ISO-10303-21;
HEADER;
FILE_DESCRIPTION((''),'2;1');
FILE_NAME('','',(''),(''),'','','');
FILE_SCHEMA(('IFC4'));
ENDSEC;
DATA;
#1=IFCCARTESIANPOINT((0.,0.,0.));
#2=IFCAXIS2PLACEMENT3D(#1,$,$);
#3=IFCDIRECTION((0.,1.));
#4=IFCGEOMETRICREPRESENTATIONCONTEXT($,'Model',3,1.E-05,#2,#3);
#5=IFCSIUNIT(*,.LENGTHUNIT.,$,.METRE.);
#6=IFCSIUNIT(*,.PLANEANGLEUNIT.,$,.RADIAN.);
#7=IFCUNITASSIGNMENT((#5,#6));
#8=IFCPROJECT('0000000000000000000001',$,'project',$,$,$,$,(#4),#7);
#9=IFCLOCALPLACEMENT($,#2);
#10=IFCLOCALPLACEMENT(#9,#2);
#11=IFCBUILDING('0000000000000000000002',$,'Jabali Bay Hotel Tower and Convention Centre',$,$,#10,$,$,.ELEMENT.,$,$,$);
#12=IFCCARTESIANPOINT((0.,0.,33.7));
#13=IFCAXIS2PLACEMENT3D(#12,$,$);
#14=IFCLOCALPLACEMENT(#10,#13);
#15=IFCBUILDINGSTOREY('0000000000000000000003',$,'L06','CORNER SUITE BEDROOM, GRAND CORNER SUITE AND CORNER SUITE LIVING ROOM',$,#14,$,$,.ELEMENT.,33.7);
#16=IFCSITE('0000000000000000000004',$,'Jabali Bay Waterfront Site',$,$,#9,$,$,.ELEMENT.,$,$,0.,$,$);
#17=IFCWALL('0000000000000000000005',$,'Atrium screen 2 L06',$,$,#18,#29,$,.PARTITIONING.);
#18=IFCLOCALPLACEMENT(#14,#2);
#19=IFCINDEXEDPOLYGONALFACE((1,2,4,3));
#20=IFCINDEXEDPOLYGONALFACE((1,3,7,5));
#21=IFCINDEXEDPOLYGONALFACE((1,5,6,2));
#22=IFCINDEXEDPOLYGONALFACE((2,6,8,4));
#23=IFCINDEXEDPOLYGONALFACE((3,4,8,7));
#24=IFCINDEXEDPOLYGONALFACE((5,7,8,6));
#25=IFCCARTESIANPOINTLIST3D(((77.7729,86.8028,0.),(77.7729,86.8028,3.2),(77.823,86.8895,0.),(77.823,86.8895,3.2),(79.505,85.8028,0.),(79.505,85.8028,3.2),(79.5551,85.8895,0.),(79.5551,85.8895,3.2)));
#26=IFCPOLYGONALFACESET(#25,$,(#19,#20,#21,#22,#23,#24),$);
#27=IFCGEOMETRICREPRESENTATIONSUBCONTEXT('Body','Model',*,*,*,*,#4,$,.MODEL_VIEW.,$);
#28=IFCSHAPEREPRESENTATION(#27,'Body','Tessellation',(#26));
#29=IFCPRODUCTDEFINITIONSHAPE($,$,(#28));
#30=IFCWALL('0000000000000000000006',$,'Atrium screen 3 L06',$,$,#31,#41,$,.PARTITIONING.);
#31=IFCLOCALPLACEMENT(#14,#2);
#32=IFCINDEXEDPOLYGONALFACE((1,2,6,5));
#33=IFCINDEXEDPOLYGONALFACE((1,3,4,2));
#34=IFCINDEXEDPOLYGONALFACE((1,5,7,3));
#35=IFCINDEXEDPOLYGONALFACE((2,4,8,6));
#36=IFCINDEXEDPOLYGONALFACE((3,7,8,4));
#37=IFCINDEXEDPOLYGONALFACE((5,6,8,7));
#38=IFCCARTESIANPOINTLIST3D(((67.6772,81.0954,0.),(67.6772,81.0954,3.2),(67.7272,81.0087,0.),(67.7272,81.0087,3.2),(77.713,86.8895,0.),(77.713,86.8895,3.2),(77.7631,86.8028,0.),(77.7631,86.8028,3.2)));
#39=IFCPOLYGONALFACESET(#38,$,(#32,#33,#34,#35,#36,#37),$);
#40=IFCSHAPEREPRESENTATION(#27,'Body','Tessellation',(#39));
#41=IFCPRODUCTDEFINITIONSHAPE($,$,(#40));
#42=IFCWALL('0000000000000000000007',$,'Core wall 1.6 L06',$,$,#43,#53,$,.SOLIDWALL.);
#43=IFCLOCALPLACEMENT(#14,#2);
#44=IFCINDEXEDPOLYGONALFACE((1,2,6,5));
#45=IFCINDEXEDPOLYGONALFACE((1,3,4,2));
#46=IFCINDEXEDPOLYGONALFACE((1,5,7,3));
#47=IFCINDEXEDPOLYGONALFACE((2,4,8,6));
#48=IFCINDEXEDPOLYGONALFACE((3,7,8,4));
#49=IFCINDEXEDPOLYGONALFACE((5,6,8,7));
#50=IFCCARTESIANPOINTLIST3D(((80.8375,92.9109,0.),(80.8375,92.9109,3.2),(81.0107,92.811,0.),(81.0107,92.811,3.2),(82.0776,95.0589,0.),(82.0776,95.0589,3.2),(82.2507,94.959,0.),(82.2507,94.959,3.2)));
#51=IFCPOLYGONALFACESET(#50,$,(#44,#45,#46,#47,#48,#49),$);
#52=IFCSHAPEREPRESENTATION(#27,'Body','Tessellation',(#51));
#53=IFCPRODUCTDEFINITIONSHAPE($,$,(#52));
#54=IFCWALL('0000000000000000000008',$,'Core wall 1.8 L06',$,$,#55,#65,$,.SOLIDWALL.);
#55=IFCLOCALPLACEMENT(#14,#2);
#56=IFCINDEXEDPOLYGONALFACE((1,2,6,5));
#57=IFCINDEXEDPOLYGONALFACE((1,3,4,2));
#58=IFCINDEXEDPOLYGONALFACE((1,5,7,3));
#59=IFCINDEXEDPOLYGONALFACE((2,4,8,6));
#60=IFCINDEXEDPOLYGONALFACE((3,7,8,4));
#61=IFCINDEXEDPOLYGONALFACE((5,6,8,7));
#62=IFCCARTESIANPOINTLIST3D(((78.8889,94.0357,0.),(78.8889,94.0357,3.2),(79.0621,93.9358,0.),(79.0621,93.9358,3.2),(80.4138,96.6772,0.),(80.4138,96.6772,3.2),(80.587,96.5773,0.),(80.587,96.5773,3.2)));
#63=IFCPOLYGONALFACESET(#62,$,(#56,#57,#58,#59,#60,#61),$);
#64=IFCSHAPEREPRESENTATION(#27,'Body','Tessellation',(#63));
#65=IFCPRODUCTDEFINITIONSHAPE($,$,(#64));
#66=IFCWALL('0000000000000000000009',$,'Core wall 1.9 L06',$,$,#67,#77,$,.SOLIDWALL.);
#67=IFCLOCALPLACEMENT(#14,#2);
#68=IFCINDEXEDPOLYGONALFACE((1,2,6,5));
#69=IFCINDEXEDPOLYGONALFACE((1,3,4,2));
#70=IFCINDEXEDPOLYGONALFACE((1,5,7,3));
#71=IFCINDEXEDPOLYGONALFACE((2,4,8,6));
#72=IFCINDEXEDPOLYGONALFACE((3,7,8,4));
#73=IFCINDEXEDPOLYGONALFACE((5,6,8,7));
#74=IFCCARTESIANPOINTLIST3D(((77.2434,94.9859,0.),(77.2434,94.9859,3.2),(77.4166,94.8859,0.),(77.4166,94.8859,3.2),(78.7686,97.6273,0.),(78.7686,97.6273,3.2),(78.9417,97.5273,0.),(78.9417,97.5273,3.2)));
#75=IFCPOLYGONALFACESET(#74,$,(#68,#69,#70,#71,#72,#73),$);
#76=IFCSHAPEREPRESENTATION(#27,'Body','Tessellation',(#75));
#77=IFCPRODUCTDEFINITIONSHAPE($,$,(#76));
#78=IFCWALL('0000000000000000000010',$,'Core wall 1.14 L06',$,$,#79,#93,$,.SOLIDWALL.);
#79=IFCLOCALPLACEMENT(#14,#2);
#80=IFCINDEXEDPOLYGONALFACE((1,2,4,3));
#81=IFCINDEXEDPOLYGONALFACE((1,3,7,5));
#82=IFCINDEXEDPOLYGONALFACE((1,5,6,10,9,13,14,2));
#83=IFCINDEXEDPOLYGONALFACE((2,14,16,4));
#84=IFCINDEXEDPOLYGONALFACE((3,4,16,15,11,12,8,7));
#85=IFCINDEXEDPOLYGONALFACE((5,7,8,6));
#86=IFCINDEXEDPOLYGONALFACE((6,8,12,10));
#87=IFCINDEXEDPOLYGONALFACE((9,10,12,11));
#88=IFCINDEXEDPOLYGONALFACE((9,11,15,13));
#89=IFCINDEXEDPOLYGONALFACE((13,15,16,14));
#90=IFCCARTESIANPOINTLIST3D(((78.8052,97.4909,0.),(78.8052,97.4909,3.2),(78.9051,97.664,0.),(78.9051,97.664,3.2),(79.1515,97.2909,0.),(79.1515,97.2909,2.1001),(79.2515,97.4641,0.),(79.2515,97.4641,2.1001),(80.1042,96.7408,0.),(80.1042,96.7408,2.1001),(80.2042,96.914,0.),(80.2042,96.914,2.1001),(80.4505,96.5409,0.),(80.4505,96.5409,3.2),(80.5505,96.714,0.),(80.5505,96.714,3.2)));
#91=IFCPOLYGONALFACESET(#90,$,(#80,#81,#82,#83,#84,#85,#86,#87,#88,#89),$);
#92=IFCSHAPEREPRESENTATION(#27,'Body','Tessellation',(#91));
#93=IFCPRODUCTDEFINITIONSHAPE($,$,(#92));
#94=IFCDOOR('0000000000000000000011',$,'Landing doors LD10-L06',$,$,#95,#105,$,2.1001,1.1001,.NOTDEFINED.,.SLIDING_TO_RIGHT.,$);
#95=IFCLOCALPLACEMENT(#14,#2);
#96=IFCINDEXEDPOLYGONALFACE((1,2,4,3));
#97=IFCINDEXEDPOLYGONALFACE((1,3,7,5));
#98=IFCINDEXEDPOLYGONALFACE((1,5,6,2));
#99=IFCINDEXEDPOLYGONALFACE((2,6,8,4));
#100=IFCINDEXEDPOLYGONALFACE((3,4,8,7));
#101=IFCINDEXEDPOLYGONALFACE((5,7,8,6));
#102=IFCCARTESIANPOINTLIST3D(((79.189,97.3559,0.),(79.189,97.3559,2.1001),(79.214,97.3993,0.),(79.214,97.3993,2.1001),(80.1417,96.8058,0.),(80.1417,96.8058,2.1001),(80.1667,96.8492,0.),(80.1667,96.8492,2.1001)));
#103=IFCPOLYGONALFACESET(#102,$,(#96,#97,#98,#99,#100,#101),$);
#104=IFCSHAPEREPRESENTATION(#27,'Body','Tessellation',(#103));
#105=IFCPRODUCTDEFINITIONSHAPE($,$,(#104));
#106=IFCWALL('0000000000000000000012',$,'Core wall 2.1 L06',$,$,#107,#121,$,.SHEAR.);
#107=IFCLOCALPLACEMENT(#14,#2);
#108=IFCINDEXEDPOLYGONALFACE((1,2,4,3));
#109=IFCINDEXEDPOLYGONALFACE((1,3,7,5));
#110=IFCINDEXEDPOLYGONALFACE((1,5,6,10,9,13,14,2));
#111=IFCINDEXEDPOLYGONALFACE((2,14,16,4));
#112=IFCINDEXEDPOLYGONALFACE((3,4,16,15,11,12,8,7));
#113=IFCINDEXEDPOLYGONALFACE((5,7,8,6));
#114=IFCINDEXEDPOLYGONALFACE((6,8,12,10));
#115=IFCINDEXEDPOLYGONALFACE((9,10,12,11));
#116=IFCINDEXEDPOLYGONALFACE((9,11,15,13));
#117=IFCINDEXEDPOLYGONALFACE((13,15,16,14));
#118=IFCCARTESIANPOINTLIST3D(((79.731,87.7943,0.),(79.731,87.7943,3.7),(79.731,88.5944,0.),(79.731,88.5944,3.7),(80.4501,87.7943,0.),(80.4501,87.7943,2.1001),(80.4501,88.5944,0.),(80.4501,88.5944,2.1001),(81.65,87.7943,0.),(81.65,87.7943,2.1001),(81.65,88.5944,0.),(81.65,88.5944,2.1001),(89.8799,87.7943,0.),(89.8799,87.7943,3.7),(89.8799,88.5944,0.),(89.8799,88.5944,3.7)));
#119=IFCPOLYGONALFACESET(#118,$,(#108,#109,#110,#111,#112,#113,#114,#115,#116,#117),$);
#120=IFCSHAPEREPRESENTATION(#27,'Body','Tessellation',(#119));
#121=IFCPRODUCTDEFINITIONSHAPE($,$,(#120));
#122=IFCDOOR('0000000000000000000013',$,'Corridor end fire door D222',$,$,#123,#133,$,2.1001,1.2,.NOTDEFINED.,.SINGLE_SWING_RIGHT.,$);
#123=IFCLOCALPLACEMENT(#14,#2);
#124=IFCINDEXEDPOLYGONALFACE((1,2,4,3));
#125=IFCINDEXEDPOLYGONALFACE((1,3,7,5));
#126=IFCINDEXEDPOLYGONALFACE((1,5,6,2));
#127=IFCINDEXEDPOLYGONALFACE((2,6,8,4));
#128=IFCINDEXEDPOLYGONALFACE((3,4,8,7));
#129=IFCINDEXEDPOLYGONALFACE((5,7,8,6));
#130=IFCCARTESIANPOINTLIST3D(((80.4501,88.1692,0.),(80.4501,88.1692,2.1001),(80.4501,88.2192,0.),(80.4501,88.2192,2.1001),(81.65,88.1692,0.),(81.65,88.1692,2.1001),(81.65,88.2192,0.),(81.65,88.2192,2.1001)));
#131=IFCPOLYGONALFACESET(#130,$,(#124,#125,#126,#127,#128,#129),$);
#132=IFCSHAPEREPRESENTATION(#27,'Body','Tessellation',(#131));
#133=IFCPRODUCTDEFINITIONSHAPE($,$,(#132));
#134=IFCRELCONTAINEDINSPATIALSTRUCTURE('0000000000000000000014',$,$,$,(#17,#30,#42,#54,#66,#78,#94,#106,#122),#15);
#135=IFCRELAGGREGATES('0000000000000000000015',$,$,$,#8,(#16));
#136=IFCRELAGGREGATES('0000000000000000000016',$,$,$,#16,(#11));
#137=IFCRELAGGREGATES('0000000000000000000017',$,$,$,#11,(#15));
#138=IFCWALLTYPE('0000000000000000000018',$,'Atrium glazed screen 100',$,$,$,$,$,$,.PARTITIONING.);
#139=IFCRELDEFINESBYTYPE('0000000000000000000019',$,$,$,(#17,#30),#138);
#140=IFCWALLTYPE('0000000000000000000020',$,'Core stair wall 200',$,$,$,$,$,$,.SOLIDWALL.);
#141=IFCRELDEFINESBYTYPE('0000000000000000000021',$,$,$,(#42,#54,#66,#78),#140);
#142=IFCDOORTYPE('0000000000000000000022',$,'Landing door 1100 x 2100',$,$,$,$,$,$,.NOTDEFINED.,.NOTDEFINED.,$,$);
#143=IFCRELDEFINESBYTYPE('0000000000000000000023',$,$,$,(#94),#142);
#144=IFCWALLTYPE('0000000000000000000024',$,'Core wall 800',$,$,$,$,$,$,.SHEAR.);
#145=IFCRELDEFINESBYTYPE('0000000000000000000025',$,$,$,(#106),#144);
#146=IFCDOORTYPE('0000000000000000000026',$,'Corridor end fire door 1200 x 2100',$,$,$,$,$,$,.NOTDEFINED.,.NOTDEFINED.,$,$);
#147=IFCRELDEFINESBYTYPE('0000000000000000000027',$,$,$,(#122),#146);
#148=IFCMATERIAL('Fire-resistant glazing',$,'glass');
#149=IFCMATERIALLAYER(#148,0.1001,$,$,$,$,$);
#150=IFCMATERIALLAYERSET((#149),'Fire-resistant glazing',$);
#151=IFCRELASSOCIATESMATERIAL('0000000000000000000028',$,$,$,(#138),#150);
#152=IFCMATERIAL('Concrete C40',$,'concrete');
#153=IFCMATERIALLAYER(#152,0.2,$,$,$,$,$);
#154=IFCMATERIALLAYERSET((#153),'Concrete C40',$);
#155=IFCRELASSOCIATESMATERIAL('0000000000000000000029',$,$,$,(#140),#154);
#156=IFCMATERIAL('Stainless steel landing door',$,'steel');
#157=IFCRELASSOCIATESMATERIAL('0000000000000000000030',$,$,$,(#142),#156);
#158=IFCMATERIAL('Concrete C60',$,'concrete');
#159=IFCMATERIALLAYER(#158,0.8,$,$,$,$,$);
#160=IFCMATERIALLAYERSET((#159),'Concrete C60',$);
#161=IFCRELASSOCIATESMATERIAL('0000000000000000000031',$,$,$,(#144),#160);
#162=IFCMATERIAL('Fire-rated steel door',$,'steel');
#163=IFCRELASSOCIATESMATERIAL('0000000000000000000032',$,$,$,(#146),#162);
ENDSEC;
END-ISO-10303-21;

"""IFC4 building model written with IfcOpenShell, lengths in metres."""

from ifc_helpers import new_model, si_unit, direction, frame, frame_2d, origin, place, context, subcontext, project, spatial, rectangle, extrude, material, layer, layer_set, type_object, element, fill, save


model = new_model("IFC4")

# Units and contexts
model_context = context("Model", 3, precision=1e-05, world=origin(), true_north=direction((0.0, 1.0)))
body_context = subcontext(model_context, "Body", "Model", "MODEL_VIEW")
ifc_project = project(units=[si_unit("LENGTHUNIT", "METRE"), si_unit("PLANEANGLEUNIT", "RADIAN")], contexts=[model_context])

# Site, building, storey
site_placement = place(None, origin())
site = spatial("IfcSite", under=ifc_project, at=site_placement, Name="Jabali Bay Waterfront Site", CompositionType="ELEMENT", RefElevation=0.0)
building_placement = place(site_placement, origin())
building = spatial("IfcBuilding", under=site, at=building_placement, Name="Jabali Bay Hotel Tower and Convention Centre", CompositionType="ELEMENT")
storey_placement = place(building_placement, frame((0.0, 0.0, 33.7)))
storey = spatial("IfcBuildingStorey", under=building, at=storey_placement, Name="L06", Description="CORNER SUITE BEDROOM, GRAND CORNER SUITE AND CORNER SUITE LIVING ROOM", CompositionType="ELEMENT", Elevation=33.7)

# Walls
ifc_material_1 = material(Name="Fire-resistant glazing", Category="glass")
ifc_layer_1 = layer(ifc_material_1, 0.1001)
ifc_layer_set_1 = layer_set([ifc_layer_1], Name="Fire-resistant glazing")
wall_type_1 = type_object("IfcWallType", Name="Atrium glazed screen 100", PredefinedType="PARTITIONING", material=ifc_layer_set_1)
wall_1_placement = place(storey_placement, frame((79.53, 85.8462, 0.0), z_axis=(0.0, 0.0, 1.0), x_axis=(-0.866041, 0.499973, 0.0)))
element("IfcWall", 1, at=wall_1_placement, inside=storey, type_object=wall_type_1, Name="Atrium screen 2 L06", PredefinedType="PARTITIONING", context=body_context, shape_type="SweptSolid", body=[
    extrude(rectangle(XDim=2.0, YDim=0.1001, at=frame_2d((1.0, 0.0))), origin(), (0.0, 0.0, 1.0), 3.2),
])
wall_2_placement = place(storey_placement, frame((77.738, 86.8462, 0.0), z_axis=(0.0, 0.0, 1.0), x_axis=(-0.866027, -0.499998, 0.0)))
element("IfcWall", 2, at=wall_2_placement, inside=storey, type_object=wall_type_1, Name="Atrium screen 3 L06", PredefinedType="PARTITIONING", context=body_context, shape_type="SweptSolid", body=[
    extrude(rectangle(XDim=11.5884, YDim=0.1001, at=frame_2d((5.7942, 0.0))), origin(), (0.0, 0.0, 1.0), 3.2),
])
ifc_material_2 = material(Name="Concrete C40", Category="concrete")
ifc_layer_2 = layer(ifc_material_2, 0.2)
ifc_layer_set_2 = layer_set([ifc_layer_2], Name="Concrete C40")
wall_type_2 = type_object("IfcWallType", Name="Core stair wall 200", PredefinedType="SOLIDWALL", material=ifc_layer_set_2)
wall_3_placement = place(storey_placement, frame((80.9241, 92.8608, 0.0), z_axis=(0.0, 0.0, 1.0), x_axis=(0.499961, 0.866048, 0.0)))
element("IfcWall", 3, at=wall_3_placement, inside=storey, type_object=wall_type_2, Name="Core wall 1.6 L06", PredefinedType="SOLIDWALL", context=body_context, shape_type="SweptSolid", body=[
    extrude(rectangle(XDim=2.4802, YDim=0.2, at=frame_2d((1.2402, 0.0))), origin(), (0.0, 0.0, 1.0), 3.2),
])
for number, where, z_axis, x_axis, name in (
    (4, (78.9756, 93.9858, 0.0), (0.0, 0.0, 1.0), (0.499944, 0.866058, 0.0), "Core wall 1.8 L06"),
    (5, (77.3301, 94.936, 0.0), (0.0, 0.0, 1.0), (0.500039, 0.866003, 0.0), "Core wall 1.9 L06"),
):
    element("IfcWall", number, at=place(storey_placement, frame(where, z_axis=z_axis, x_axis=x_axis)), inside=storey, type_object=wall_type_2, Name=name, PredefinedType="SOLIDWALL", context=body_context, shape_type="SweptSolid", body=[
        extrude(rectangle(XDim=3.05, YDim=0.2, at=frame_2d((1.5249, 0.0))), origin(), (0.0, 0.0, 1.0), 3.2),
    ])

# Walls, openings, doors
wall_4_placement = place(storey_placement, frame((80.5005, 96.6274, 0.0), z_axis=(0.0, 0.0, 1.0), x_axis=(-0.866012, 0.500023, 0.0)))
wall_4 = element("IfcWall", 6, at=wall_4_placement, inside=storey, type_object=wall_type_2, Name="Core wall 1.14 L06", PredefinedType="SOLIDWALL", context=body_context, shape_type="SweptSolid", body=[
    extrude(rectangle(XDim=1.8999, YDim=0.2, at=frame_2d((0.95, 0.0))), origin(), (0.0, 0.0, 1.0), 3.2),
])
opening_1_placement = place(wall_4_placement, frame((0.3999, 0.0, 0.0)))
opening_1 = element("IfcOpeningElement", 7, at=opening_1_placement, cuts=wall_4, PredefinedType="OPENING", context=body_context, shape_type="SweptSolid", body=[
    extrude(rectangle(XDim=1.1001, YDim=2.1001, at=frame_2d((0.55, 1.05))), frame((0.0, 0.1104, 0.0), z_axis=(0.0, -1.0, 0.0), x_axis=(1.0, 0.0, 0.0)), (0.0, 0.0, 1.0), 0.2209),
])
ifc_material_3 = material(Name="Stainless steel landing door", Category="steel")
door_type_1 = type_object("IfcDoorType", Name="Landing door 1100 x 2100", OperationType="NOTDEFINED", PredefinedType="NOTDEFINED", material=ifc_material_3)
door_1_placement = place(opening_1_placement, origin())
door_1 = element("IfcDoor", 8, at=door_1_placement, inside=storey, type_object=door_type_1, Name="Landing doors LD10-L06", OperationType="SLIDING_TO_RIGHT", OverallHeight=2.1001, OverallWidth=1.1001, PredefinedType="NOTDEFINED", context=body_context, shape_type="SweptSolid", body=[
    extrude(rectangle(XDim=1.1001, YDim=2.1001, at=frame_2d((0.55, 1.05))), frame((0.0, 0.0249, 0.0), z_axis=(0.0, -1.0, 0.0), x_axis=(1.0, 0.0, 0.0)), (0.0, 0.0, 1.0), 0.05),
])
fill(opening_1, door_1)
ifc_material_4 = material(Name="Concrete C60", Category="concrete")
ifc_layer_3 = layer(ifc_material_4, 0.8)
ifc_layer_set_3 = layer_set([ifc_layer_3], Name="Concrete C60")
wall_type_3 = type_object("IfcWallType", Name="Core wall 800", PredefinedType="SHEAR", material=ifc_layer_set_3)
wall_5_placement = place(storey_placement, frame((79.731, 88.1943, 0.0), z_axis=(0.0, 0.0, 1.0), x_axis=(1.0, 0.0, 0.0)))
wall_5 = element("IfcWall", 9, at=wall_5_placement, inside=storey, type_object=wall_type_3, Name="Core wall 2.1 L06", PredefinedType="SHEAR", context=body_context, shape_type="SweptSolid", body=[
    extrude(rectangle(XDim=10.1489, YDim=0.8, at=frame_2d((5.0745, 0.0))), origin(), (0.0, 0.0, 1.0), 3.7),
])
opening_2_placement = place(wall_5_placement, frame((0.719, 0.0, 0.0)))
opening_2 = element("IfcOpeningElement", 10, at=opening_2_placement, cuts=wall_5, PredefinedType="OPENING", context=body_context, shape_type="SweptSolid", body=[
    extrude(rectangle(XDim=1.2, YDim=2.1001, at=frame_2d((0.6001, 1.05))), frame((0.0, 0.4106, 0.0), z_axis=(0.0, -1.0, 0.0), x_axis=(1.0, 0.0, 0.0)), (0.0, 0.0, 1.0), 0.821),
])
ifc_material_5 = material(Name="Fire-rated steel door", Category="steel")
door_type_2 = type_object("IfcDoorType", Name="Corridor end fire door 1200 x 2100", OperationType="NOTDEFINED", PredefinedType="NOTDEFINED", material=ifc_material_5)
door_2_placement = place(opening_2_placement, origin())
door_2 = element("IfcDoor", 11, at=door_2_placement, inside=storey, type_object=door_type_2, Name="Corridor end fire door D222", OperationType="SINGLE_SWING_RIGHT", OverallHeight=2.1001, OverallWidth=1.2, PredefinedType="NOTDEFINED", context=body_context, shape_type="SweptSolid", body=[
    extrude(rectangle(XDim=1.2, YDim=2.1001, at=frame_2d((0.6001, 1.05))), frame((0.0, 0.0249, 0.0), z_axis=(0.0, -1.0, 0.0), x_axis=(1.0, 0.0, 0.0)), (0.0, 0.0, 1.0), 0.05),
])
fill(opening_2, door_2)

save(model, "model.ifc")
